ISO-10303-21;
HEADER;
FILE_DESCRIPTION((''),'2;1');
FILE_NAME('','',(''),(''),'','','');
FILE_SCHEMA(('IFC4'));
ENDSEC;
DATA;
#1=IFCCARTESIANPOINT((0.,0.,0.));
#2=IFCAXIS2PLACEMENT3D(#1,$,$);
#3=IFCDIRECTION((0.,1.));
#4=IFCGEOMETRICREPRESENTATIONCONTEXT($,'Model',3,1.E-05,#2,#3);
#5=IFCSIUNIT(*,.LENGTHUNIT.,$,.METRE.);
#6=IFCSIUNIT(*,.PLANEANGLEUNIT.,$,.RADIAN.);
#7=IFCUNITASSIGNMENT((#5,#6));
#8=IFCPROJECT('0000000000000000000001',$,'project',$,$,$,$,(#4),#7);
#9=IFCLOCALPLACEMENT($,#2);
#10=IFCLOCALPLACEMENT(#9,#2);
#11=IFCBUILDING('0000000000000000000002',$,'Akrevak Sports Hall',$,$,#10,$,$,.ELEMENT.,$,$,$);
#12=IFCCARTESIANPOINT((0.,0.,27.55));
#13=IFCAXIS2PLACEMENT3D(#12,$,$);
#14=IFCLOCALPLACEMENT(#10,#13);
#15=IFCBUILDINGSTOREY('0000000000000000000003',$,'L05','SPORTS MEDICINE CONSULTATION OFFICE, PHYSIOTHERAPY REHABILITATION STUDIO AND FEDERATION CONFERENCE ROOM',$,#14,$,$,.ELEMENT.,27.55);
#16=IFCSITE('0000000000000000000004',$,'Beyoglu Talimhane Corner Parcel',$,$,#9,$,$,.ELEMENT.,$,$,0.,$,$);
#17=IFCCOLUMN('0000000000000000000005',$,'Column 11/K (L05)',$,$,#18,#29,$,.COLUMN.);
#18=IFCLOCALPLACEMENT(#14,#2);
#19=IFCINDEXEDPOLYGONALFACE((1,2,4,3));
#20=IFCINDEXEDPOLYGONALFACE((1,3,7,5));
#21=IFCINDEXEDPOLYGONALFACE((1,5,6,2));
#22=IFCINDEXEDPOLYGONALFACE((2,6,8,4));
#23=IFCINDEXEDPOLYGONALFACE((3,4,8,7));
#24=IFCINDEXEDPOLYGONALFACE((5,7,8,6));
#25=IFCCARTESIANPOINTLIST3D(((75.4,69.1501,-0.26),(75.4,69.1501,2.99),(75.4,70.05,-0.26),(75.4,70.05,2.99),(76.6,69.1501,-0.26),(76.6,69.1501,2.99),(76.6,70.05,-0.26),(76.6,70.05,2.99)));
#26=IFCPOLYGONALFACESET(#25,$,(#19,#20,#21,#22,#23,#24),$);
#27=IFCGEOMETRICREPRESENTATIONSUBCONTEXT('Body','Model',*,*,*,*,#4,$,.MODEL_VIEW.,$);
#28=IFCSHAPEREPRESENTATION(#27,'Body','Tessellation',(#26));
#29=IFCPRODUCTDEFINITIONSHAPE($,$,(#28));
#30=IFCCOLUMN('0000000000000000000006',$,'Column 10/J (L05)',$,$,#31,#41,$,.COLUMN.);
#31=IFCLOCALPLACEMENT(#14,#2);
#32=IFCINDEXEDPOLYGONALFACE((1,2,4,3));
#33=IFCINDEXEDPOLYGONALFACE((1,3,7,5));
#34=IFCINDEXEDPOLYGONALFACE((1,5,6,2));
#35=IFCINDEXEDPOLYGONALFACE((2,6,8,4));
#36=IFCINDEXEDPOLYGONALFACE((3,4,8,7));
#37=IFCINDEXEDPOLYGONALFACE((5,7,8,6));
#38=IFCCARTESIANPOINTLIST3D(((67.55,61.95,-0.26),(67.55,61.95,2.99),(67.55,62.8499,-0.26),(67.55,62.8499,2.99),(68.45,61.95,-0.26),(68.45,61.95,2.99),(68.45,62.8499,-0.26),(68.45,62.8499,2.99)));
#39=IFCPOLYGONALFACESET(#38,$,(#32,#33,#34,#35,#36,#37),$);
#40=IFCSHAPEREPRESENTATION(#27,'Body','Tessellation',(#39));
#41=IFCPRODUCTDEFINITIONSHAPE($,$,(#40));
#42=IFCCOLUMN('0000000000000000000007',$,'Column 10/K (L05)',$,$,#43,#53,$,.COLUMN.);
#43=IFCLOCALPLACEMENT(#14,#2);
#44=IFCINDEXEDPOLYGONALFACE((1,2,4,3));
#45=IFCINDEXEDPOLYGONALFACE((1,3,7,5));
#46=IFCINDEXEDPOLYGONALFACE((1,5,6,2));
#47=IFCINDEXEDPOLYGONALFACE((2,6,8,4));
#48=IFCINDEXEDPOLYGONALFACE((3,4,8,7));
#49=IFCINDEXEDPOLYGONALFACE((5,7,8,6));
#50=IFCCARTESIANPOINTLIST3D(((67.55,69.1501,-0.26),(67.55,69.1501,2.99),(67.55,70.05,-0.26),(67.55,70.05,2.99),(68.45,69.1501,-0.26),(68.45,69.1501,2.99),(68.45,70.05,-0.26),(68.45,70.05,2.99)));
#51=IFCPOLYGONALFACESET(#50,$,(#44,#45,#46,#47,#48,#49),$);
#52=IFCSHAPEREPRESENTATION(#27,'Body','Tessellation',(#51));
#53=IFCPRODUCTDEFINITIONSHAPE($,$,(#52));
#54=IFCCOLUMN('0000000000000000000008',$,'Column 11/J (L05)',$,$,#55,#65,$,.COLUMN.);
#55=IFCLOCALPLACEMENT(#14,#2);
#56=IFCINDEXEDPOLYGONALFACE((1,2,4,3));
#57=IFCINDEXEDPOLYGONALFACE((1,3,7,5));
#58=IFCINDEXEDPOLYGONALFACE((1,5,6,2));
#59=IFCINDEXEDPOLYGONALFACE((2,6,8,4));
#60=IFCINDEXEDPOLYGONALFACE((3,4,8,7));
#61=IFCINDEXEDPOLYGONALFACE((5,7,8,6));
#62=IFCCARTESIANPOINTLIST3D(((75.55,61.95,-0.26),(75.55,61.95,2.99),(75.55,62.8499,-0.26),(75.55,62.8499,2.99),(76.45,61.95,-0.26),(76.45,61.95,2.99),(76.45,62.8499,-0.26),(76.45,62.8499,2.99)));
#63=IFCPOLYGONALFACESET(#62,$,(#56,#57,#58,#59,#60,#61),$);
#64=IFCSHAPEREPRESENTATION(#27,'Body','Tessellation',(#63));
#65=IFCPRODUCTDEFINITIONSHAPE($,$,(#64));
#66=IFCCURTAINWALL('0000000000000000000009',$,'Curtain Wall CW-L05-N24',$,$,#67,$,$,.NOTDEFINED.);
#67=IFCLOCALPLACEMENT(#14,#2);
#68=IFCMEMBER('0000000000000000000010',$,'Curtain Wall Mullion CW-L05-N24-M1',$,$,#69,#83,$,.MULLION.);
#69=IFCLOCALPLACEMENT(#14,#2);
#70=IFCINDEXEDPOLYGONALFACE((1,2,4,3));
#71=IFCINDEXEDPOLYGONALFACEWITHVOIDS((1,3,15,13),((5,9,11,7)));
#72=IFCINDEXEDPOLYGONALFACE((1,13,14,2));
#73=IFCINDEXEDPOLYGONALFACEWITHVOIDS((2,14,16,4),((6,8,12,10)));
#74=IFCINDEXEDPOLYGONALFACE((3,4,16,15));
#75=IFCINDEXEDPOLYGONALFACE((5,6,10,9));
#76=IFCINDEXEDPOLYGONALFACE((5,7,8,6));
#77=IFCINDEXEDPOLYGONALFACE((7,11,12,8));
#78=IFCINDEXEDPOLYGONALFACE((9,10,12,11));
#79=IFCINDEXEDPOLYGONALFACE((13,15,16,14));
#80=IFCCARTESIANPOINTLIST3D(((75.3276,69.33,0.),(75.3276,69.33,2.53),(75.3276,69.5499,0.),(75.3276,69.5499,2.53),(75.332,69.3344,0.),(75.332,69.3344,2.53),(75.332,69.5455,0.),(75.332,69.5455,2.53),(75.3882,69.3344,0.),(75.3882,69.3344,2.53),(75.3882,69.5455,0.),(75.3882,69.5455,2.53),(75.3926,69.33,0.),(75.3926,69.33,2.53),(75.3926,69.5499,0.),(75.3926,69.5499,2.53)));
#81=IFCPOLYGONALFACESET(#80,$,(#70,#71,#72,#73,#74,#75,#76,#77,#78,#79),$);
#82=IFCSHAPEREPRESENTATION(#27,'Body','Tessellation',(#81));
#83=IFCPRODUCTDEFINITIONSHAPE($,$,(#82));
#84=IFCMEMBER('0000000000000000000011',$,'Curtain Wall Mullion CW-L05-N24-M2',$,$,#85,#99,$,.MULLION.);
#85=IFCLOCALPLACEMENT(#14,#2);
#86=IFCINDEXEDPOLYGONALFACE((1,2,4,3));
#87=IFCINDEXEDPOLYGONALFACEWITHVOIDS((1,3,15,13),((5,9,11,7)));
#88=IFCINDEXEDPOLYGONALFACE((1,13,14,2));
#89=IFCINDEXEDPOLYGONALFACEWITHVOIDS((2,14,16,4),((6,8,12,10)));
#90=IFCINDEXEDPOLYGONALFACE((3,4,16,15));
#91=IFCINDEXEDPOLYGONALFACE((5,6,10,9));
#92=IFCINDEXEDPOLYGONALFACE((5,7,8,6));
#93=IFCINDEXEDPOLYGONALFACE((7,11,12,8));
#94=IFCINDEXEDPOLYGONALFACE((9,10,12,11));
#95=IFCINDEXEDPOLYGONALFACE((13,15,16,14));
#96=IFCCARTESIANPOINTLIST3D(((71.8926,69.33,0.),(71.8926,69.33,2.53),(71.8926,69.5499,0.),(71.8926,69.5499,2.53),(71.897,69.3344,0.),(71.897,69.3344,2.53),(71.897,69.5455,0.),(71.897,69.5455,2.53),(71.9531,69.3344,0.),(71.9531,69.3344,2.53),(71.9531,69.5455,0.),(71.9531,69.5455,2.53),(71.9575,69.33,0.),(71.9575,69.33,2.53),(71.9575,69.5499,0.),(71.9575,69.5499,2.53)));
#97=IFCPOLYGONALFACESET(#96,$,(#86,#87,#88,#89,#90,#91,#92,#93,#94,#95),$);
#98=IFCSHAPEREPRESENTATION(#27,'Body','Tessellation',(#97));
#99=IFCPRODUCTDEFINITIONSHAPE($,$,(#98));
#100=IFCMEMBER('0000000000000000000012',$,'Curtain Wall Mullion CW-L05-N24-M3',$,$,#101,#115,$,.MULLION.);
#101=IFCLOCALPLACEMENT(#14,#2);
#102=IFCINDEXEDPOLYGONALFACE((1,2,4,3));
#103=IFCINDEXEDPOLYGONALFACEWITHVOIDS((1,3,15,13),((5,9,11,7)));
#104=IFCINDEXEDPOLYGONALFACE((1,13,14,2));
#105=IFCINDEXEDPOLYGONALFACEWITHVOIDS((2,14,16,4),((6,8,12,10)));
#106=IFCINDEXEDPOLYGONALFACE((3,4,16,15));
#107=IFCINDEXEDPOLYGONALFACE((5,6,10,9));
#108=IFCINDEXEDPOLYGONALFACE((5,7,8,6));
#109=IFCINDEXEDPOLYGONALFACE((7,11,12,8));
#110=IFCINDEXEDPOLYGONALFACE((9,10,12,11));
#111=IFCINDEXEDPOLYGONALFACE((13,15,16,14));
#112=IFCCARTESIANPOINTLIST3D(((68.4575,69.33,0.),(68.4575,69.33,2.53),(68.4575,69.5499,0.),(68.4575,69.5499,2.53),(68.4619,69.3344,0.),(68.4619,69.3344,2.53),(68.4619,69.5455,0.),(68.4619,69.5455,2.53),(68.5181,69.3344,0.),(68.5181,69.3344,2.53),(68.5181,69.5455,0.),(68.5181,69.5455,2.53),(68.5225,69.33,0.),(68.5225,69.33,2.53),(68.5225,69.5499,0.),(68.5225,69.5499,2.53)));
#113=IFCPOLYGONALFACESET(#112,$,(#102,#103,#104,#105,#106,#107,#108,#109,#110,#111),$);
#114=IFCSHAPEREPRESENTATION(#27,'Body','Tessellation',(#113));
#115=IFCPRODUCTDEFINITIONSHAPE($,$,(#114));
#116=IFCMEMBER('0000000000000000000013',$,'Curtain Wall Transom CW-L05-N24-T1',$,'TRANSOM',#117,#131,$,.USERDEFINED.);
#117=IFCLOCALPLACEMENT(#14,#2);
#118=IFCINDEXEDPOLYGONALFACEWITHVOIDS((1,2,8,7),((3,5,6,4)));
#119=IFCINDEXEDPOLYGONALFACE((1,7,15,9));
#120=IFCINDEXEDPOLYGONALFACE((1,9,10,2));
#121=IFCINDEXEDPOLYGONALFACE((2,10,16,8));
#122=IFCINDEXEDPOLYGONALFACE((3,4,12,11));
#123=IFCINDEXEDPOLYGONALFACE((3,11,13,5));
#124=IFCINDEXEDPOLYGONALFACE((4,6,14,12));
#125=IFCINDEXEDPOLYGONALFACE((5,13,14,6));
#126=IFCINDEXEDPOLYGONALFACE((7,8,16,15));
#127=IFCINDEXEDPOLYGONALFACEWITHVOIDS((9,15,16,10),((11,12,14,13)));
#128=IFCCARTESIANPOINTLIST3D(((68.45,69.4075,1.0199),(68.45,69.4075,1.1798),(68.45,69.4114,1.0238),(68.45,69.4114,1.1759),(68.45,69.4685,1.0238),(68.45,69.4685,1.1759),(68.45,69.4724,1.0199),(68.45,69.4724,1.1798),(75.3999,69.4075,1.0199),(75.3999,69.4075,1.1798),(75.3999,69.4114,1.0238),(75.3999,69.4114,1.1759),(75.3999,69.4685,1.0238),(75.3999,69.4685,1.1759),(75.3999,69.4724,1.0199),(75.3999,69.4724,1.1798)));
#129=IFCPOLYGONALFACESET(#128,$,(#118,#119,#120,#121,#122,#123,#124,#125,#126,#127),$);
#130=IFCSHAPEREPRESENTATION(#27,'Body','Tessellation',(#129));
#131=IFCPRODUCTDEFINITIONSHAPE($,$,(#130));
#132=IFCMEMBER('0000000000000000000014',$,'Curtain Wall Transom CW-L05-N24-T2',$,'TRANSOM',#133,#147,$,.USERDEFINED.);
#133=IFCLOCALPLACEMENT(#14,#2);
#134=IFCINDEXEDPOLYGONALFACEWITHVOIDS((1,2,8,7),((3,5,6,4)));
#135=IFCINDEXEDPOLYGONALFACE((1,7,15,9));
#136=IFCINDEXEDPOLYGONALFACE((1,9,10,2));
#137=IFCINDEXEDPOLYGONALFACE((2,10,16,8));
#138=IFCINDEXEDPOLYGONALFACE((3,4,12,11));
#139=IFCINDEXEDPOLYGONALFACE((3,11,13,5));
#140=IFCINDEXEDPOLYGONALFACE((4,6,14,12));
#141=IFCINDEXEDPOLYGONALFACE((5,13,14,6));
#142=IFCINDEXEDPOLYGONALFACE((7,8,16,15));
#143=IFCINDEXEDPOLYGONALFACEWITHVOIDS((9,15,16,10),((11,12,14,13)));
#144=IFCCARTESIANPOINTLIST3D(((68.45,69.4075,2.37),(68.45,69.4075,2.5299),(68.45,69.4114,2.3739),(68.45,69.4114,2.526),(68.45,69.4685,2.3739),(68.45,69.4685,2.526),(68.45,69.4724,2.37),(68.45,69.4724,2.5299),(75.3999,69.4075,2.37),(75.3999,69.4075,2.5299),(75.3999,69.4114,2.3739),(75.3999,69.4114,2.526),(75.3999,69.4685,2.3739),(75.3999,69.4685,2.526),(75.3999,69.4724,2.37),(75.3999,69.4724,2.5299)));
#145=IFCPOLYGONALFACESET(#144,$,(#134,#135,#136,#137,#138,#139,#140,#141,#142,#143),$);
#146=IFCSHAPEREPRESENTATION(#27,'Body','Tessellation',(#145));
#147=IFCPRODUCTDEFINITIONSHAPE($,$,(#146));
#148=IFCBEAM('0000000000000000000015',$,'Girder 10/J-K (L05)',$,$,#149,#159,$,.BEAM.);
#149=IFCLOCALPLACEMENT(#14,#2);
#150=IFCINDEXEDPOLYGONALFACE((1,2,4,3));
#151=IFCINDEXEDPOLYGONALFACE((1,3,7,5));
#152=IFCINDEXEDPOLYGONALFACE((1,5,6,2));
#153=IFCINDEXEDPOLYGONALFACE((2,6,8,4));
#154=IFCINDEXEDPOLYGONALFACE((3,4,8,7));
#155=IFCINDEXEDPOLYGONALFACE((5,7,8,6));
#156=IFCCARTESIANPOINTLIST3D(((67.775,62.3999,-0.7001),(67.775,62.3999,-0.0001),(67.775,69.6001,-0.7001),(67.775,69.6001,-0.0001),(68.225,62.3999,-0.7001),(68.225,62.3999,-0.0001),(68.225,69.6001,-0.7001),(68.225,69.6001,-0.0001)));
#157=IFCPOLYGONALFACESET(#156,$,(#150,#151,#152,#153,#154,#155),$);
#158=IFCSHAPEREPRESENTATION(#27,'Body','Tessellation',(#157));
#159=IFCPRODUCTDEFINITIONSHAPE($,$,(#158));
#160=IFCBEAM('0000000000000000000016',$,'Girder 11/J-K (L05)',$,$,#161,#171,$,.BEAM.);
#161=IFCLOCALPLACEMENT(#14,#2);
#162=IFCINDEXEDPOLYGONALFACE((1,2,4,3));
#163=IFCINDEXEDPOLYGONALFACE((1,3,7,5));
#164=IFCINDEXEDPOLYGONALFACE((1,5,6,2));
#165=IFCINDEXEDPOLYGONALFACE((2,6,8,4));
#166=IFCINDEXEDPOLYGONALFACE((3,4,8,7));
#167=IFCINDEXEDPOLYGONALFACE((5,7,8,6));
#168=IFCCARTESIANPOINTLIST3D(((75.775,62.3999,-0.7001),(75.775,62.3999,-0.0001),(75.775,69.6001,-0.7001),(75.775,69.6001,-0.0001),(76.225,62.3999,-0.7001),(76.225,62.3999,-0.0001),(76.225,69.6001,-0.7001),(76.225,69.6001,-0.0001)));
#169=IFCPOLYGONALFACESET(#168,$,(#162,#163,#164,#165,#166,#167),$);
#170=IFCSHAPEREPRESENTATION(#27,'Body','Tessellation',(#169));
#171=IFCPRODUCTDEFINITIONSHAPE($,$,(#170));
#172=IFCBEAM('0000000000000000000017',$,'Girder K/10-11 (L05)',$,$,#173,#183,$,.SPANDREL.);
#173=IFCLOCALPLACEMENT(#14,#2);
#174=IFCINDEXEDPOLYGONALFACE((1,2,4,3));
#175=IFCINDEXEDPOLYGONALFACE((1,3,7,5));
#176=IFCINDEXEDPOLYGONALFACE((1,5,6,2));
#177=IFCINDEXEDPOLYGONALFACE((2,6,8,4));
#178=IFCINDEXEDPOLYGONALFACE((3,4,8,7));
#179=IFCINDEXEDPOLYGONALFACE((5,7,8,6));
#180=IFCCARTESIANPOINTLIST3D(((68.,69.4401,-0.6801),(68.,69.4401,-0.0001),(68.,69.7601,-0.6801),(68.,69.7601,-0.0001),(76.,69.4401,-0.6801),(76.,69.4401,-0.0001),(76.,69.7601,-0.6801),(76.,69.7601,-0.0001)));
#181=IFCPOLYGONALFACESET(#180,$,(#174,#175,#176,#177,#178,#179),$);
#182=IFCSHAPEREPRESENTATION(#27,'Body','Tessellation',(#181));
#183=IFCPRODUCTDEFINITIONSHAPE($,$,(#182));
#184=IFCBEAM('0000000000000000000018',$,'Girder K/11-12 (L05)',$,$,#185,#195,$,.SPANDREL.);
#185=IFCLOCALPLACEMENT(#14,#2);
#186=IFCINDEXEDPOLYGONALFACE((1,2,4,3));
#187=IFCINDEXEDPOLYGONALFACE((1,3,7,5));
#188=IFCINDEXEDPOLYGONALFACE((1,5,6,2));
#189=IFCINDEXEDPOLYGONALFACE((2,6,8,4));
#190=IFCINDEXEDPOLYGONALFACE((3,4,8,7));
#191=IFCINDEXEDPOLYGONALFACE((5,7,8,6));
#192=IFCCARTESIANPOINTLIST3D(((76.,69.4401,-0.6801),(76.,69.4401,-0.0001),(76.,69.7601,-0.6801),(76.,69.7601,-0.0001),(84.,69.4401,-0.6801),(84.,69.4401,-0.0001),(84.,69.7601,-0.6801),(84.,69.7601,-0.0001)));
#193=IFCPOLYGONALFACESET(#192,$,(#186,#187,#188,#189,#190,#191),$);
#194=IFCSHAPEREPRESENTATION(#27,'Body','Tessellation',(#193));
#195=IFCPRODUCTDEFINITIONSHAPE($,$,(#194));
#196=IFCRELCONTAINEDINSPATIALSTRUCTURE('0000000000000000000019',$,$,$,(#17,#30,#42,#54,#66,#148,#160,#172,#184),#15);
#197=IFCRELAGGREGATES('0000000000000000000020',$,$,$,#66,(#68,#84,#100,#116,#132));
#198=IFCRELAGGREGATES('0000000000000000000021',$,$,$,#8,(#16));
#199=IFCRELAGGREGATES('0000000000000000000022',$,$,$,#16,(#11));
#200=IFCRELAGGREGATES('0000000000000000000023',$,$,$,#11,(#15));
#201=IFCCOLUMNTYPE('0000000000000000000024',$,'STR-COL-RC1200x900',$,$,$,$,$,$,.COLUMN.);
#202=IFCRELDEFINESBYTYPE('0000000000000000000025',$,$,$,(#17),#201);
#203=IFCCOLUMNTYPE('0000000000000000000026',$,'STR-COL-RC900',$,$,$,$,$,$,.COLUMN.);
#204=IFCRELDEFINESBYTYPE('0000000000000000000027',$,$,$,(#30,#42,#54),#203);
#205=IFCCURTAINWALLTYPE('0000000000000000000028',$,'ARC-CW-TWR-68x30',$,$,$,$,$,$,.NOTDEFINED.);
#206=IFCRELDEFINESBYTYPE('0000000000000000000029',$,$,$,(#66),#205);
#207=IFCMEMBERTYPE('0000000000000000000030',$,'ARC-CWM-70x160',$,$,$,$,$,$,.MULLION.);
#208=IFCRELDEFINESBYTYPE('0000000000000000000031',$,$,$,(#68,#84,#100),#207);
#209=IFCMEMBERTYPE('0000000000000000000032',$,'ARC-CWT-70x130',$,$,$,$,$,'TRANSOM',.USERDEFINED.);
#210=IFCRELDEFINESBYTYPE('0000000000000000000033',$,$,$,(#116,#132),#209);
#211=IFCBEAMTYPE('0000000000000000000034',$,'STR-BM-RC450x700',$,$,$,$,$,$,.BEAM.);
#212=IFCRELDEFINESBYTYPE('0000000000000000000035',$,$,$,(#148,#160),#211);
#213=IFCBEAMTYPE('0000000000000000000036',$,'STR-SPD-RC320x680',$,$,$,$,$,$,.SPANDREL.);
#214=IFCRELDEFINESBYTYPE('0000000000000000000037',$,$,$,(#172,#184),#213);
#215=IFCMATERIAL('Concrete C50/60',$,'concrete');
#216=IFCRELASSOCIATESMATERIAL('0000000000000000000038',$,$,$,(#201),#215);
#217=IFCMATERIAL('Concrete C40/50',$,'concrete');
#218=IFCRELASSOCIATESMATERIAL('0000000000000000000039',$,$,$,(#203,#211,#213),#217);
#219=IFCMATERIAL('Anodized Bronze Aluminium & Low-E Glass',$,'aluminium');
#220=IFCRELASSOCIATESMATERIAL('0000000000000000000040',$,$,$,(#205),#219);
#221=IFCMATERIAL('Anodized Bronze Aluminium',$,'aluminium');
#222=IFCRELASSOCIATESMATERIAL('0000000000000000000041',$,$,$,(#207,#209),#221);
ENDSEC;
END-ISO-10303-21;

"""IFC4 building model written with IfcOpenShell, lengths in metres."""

from ifc_helpers import new_model, si_unit, direction, frame, origin, origin_2d, place, context, subcontext, project, spatial, rectangle, hollow_rectangle, extrude, material, material_profile, profile_set, type_object, element, aggregate, save


model = new_model("IFC4")

# Units and contexts
model_context = context("Model", 3, precision=1e-05, world=origin(), true_north=direction((0.0, 1.0)))
body_context = subcontext(model_context, "Body", "Model", "MODEL_VIEW")
ifc_project = project(units=[si_unit("LENGTHUNIT", "METRE"), si_unit("PLANEANGLEUNIT", "RADIAN")], contexts=[model_context])

# Site, building, storey
site_placement = place(None, origin())
site = spatial("IfcSite", under=ifc_project, at=site_placement, Name="Beyoglu Talimhane Corner Parcel", CompositionType="ELEMENT", RefElevation=0.0)
building_placement = place(site_placement, origin())
building = spatial("IfcBuilding", under=site, at=building_placement, Name="Akrevak Sports Hall", CompositionType="ELEMENT")
storey_placement = place(building_placement, frame((0.0, 0.0, 27.55)))
storey = spatial("IfcBuildingStorey", under=building, at=storey_placement, Name="L05", Description="SPORTS MEDICINE CONSULTATION OFFICE, PHYSIOTHERAPY REHABILITATION STUDIO AND FEDERATION CONFERENCE ROOM", CompositionType="ELEMENT", Elevation=27.55)

# Columns
ifc_material_1 = material(Name="Concrete C50/60", Category="concrete")
ifc_material_profile_1 = material_profile(ifc_material_1, rectangle(XDim=1.2, YDim=0.8999, at=origin_2d()), Name="RC 1200x900", Category="concrete")
ifc_profile_set_1 = profile_set([ifc_material_profile_1], Name="Concrete C50/60")
column_type_1 = type_object("IfcColumnType", Name="STR-COL-RC1200x900", PredefinedType="COLUMN", material=ifc_profile_set_1)
column_placement = place(storey_placement, frame((76.0, 69.6001, -0.26), z_axis=(0.0, 0.0, 1.0), x_axis=(1.0, 0.0, 0.0)))
element("IfcColumn", 1, at=column_placement, inside=storey, type_object=column_type_1, Name="Column 11/K (L05)", PredefinedType="COLUMN", context=body_context, shape_type="SweptSolid", body=[
    extrude(rectangle(XDim=1.2, YDim=0.8999, at=origin_2d()), origin(), (0.0, 0.0, 1.0), 3.25),
])
ifc_material_2 = material(Name="Concrete C40/50", Category="concrete")
ifc_material_profile_2 = material_profile(ifc_material_2, rectangle(XDim=0.8999, YDim=0.8999, at=origin_2d()), Name="RC 900x900", Category="concrete")
ifc_profile_set_2 = profile_set([ifc_material_profile_2], Name="Concrete C40/50")
column_type_2 = type_object("IfcColumnType", Name="STR-COL-RC900", PredefinedType="COLUMN", material=ifc_profile_set_2)
for number, where, z_axis, x_axis, name in (
    (2, (68.0, 62.3999, -0.26), (0.0, 0.0, 1.0), (1.0, 0.0, 0.0), "Column 10/J (L05)"),
    (3, (68.0, 69.6001, -0.26), (0.0, 0.0, 1.0), (1.0, 0.0, 0.0), "Column 10/K (L05)"),
    (4, (76.0, 62.3999, -0.26), (0.0, 0.0, 1.0), (1.0, 0.0, 0.0), "Column 11/J (L05)"),
):
    element("IfcColumn", number, at=place(storey_placement, frame(where, z_axis=z_axis, x_axis=x_axis)), inside=storey, type_object=column_type_2, Name=name, PredefinedType="COLUMN", context=body_context, shape_type="SweptSolid", body=[
        extrude(rectangle(XDim=0.8999, YDim=0.8999, at=origin_2d()), origin(), (0.0, 0.0, 1.0), 3.25),
    ])

# Curtain wall, members
ifc_material_3 = material(Name="Anodized Bronze Aluminium & Low-E Glass", Category="aluminium")
curtain_wall_type = type_object("IfcCurtainWallType", Name="ARC-CW-TWR-68x30", PredefinedType="NOTDEFINED", material=ifc_material_3)
curtain_wall_placement = place(storey_placement, origin())
curtain_wall = element("IfcCurtainWall", 5, at=curtain_wall_placement, inside=storey, type_object=curtain_wall_type, Name="Curtain Wall CW-L05-N24", PredefinedType="NOTDEFINED")
ifc_material_4 = material(Name="Anodized Bronze Aluminium", Category="aluminium")
ifc_material_profile_3 = material_profile(ifc_material_4, hollow_rectangle(XDim=0.0649, YDim=0.22, WallThickness=0.0044, at=origin_2d()), Name="CWM 65x220", Category="aluminium")
ifc_profile_set_3 = profile_set([ifc_material_profile_3], Name="Anodized Bronze Aluminium")
member_type_1 = type_object("IfcMemberType", Name="ARC-CWM-70x160", PredefinedType="MULLION", material=ifc_profile_set_3)
member_1_placement = place(storey_placement, frame((75.3601, 69.4399, 0.0), z_axis=(0.0, 0.0, 1.0), x_axis=(-1.0, 0.0, 0.0)))
member_1 = element("IfcMember", 6, at=member_1_placement, type_object=member_type_1, Name="Curtain Wall Mullion CW-L05-N24-M1", PredefinedType="MULLION", context=body_context, shape_type="SweptSolid", body=[
    extrude(hollow_rectangle(XDim=0.0649, YDim=0.22, WallThickness=0.0044, at=origin_2d()), origin(), (0.0, 0.0, 1.0), 2.53),
])
member_2_placement = place(storey_placement, frame((71.925, 69.4399, 0.0), z_axis=(0.0, 0.0, 1.0), x_axis=(-1.0, 0.0, 0.0)))
member_2 = element("IfcMember", 7, at=member_2_placement, type_object=member_type_1, Name="Curtain Wall Mullion CW-L05-N24-M2", PredefinedType="MULLION", context=body_context, shape_type="SweptSolid", body=[
    extrude(hollow_rectangle(XDim=0.0649, YDim=0.22, WallThickness=0.0044, at=origin_2d()), origin(), (0.0, 0.0, 1.0), 2.53),
])
member_3_placement = place(storey_placement, frame((68.49, 69.4399, 0.0), z_axis=(0.0, 0.0, 1.0), x_axis=(-1.0, 0.0, 0.0)))
member_3 = element("IfcMember", 8, at=member_3_placement, type_object=member_type_1, Name="Curtain Wall Mullion CW-L05-N24-M3", PredefinedType="MULLION", context=body_context, shape_type="SweptSolid", body=[
    extrude(hollow_rectangle(XDim=0.0649, YDim=0.22, WallThickness=0.0044, at=origin_2d()), origin(), (0.0, 0.0, 1.0), 2.53),
])
ifc_material_profile_4 = material_profile(ifc_material_4, hollow_rectangle(XDim=0.0649, YDim=0.1599, WallThickness=0.0039, at=origin_2d()), Name="CWT 65x160", Category="aluminium")
ifc_profile_set_4 = profile_set([ifc_material_profile_4], Name="Anodized Bronze Aluminium")
member_type_2 = type_object("IfcMemberType", Name="ARC-CWT-70x130", ElementType="TRANSOM", PredefinedType="USERDEFINED", material=ifc_profile_set_4)
member_4_placement = place(storey_placement, frame((75.3999, 69.4399, 1.0999), z_axis=(-1.0, 0.0, 0.0), x_axis=(0.0, -1.0, 0.0)))
member_4 = element("IfcMember", 9, at=member_4_placement, type_object=member_type_2, Name="Curtain Wall Transom CW-L05-N24-T1", ObjectType="TRANSOM", PredefinedType="USERDEFINED", context=body_context, shape_type="SweptSolid", body=[
    extrude(hollow_rectangle(XDim=0.0649, YDim=0.1599, WallThickness=0.0039, at=origin_2d()), origin(), (0.0, 0.0, 1.0), 6.95),
])
member_5_placement = place(storey_placement, frame((75.3999, 69.4399, 2.45), z_axis=(-1.0, 0.0, 0.0), x_axis=(0.0, -1.0, 0.0)))
member_5 = element("IfcMember", 10, at=member_5_placement, type_object=member_type_2, Name="Curtain Wall Transom CW-L05-N24-T2", ObjectType="TRANSOM", PredefinedType="USERDEFINED", context=body_context, shape_type="SweptSolid", body=[
    extrude(hollow_rectangle(XDim=0.0649, YDim=0.1599, WallThickness=0.0039, at=origin_2d()), origin(), (0.0, 0.0, 1.0), 6.95),
])

# Beams
ifc_material_profile_5 = material_profile(ifc_material_2, rectangle(XDim=0.45, YDim=0.7, at=origin_2d()), Name="BM 450x700", Category="concrete")
ifc_profile_set_5 = profile_set([ifc_material_profile_5], Name="Concrete C40/50")
beam_type_1 = type_object("IfcBeamType", Name="STR-BM-RC450x700", PredefinedType="BEAM", material=ifc_profile_set_5)
for number, where, z_axis, x_axis, name in (
    (11, (68.0, 62.3999, -0.3501), (0.0, 1.0, 0.0), (-1.0, 0.0, 0.0), "Girder 10/J-K (L05)"),
    (12, (76.0, 62.3999, -0.3501), (0.0, 1.0, 0.0), (-1.0, 0.0, 0.0), "Girder 11/J-K (L05)"),
):
    element("IfcBeam", number, at=place(storey_placement, frame(where, z_axis=z_axis, x_axis=x_axis)), inside=storey, type_object=beam_type_1, Name=name, PredefinedType="BEAM", context=body_context, shape_type="SweptSolid", body=[
        extrude(rectangle(XDim=0.45, YDim=0.7, at=origin_2d()), origin(), (0.0, 0.0, 1.0), 7.2002),
    ])
ifc_material_profile_6 = material_profile(ifc_material_2, rectangle(XDim=0.3201, YDim=0.6799, at=origin_2d()), Name="SPD 320x680", Category="concrete")
ifc_profile_set_6 = profile_set([ifc_material_profile_6], Name="Concrete C40/50")
beam_type_2 = type_object("IfcBeamType", Name="STR-SPD-RC320x680", PredefinedType="SPANDREL", material=ifc_profile_set_6)
for number, where, z_axis, x_axis, name in (
    (13, (68.0, 69.6001, -0.3401), (1.0, 0.0, 0.0), (0.0, 1.0, 0.0), "Girder K/10-11 (L05)"),
    (14, (76.0, 69.6001, -0.3401), (1.0, 0.0, 0.0), (0.0, 1.0, 0.0), "Girder K/11-12 (L05)"),
):
    element("IfcBeam", number, at=place(storey_placement, frame(where, z_axis=z_axis, x_axis=x_axis)), inside=storey, type_object=beam_type_2, Name=name, PredefinedType="SPANDREL", context=body_context, shape_type="SweptSolid", body=[
        extrude(rectangle(XDim=0.3201, YDim=0.6799, at=origin_2d()), origin(), (0.0, 0.0, 1.0), 8.0),
    ])

aggregate(curtain_wall, [member_1, member_2, member_3, member_4, member_5])

save(model, "model.ifc")
